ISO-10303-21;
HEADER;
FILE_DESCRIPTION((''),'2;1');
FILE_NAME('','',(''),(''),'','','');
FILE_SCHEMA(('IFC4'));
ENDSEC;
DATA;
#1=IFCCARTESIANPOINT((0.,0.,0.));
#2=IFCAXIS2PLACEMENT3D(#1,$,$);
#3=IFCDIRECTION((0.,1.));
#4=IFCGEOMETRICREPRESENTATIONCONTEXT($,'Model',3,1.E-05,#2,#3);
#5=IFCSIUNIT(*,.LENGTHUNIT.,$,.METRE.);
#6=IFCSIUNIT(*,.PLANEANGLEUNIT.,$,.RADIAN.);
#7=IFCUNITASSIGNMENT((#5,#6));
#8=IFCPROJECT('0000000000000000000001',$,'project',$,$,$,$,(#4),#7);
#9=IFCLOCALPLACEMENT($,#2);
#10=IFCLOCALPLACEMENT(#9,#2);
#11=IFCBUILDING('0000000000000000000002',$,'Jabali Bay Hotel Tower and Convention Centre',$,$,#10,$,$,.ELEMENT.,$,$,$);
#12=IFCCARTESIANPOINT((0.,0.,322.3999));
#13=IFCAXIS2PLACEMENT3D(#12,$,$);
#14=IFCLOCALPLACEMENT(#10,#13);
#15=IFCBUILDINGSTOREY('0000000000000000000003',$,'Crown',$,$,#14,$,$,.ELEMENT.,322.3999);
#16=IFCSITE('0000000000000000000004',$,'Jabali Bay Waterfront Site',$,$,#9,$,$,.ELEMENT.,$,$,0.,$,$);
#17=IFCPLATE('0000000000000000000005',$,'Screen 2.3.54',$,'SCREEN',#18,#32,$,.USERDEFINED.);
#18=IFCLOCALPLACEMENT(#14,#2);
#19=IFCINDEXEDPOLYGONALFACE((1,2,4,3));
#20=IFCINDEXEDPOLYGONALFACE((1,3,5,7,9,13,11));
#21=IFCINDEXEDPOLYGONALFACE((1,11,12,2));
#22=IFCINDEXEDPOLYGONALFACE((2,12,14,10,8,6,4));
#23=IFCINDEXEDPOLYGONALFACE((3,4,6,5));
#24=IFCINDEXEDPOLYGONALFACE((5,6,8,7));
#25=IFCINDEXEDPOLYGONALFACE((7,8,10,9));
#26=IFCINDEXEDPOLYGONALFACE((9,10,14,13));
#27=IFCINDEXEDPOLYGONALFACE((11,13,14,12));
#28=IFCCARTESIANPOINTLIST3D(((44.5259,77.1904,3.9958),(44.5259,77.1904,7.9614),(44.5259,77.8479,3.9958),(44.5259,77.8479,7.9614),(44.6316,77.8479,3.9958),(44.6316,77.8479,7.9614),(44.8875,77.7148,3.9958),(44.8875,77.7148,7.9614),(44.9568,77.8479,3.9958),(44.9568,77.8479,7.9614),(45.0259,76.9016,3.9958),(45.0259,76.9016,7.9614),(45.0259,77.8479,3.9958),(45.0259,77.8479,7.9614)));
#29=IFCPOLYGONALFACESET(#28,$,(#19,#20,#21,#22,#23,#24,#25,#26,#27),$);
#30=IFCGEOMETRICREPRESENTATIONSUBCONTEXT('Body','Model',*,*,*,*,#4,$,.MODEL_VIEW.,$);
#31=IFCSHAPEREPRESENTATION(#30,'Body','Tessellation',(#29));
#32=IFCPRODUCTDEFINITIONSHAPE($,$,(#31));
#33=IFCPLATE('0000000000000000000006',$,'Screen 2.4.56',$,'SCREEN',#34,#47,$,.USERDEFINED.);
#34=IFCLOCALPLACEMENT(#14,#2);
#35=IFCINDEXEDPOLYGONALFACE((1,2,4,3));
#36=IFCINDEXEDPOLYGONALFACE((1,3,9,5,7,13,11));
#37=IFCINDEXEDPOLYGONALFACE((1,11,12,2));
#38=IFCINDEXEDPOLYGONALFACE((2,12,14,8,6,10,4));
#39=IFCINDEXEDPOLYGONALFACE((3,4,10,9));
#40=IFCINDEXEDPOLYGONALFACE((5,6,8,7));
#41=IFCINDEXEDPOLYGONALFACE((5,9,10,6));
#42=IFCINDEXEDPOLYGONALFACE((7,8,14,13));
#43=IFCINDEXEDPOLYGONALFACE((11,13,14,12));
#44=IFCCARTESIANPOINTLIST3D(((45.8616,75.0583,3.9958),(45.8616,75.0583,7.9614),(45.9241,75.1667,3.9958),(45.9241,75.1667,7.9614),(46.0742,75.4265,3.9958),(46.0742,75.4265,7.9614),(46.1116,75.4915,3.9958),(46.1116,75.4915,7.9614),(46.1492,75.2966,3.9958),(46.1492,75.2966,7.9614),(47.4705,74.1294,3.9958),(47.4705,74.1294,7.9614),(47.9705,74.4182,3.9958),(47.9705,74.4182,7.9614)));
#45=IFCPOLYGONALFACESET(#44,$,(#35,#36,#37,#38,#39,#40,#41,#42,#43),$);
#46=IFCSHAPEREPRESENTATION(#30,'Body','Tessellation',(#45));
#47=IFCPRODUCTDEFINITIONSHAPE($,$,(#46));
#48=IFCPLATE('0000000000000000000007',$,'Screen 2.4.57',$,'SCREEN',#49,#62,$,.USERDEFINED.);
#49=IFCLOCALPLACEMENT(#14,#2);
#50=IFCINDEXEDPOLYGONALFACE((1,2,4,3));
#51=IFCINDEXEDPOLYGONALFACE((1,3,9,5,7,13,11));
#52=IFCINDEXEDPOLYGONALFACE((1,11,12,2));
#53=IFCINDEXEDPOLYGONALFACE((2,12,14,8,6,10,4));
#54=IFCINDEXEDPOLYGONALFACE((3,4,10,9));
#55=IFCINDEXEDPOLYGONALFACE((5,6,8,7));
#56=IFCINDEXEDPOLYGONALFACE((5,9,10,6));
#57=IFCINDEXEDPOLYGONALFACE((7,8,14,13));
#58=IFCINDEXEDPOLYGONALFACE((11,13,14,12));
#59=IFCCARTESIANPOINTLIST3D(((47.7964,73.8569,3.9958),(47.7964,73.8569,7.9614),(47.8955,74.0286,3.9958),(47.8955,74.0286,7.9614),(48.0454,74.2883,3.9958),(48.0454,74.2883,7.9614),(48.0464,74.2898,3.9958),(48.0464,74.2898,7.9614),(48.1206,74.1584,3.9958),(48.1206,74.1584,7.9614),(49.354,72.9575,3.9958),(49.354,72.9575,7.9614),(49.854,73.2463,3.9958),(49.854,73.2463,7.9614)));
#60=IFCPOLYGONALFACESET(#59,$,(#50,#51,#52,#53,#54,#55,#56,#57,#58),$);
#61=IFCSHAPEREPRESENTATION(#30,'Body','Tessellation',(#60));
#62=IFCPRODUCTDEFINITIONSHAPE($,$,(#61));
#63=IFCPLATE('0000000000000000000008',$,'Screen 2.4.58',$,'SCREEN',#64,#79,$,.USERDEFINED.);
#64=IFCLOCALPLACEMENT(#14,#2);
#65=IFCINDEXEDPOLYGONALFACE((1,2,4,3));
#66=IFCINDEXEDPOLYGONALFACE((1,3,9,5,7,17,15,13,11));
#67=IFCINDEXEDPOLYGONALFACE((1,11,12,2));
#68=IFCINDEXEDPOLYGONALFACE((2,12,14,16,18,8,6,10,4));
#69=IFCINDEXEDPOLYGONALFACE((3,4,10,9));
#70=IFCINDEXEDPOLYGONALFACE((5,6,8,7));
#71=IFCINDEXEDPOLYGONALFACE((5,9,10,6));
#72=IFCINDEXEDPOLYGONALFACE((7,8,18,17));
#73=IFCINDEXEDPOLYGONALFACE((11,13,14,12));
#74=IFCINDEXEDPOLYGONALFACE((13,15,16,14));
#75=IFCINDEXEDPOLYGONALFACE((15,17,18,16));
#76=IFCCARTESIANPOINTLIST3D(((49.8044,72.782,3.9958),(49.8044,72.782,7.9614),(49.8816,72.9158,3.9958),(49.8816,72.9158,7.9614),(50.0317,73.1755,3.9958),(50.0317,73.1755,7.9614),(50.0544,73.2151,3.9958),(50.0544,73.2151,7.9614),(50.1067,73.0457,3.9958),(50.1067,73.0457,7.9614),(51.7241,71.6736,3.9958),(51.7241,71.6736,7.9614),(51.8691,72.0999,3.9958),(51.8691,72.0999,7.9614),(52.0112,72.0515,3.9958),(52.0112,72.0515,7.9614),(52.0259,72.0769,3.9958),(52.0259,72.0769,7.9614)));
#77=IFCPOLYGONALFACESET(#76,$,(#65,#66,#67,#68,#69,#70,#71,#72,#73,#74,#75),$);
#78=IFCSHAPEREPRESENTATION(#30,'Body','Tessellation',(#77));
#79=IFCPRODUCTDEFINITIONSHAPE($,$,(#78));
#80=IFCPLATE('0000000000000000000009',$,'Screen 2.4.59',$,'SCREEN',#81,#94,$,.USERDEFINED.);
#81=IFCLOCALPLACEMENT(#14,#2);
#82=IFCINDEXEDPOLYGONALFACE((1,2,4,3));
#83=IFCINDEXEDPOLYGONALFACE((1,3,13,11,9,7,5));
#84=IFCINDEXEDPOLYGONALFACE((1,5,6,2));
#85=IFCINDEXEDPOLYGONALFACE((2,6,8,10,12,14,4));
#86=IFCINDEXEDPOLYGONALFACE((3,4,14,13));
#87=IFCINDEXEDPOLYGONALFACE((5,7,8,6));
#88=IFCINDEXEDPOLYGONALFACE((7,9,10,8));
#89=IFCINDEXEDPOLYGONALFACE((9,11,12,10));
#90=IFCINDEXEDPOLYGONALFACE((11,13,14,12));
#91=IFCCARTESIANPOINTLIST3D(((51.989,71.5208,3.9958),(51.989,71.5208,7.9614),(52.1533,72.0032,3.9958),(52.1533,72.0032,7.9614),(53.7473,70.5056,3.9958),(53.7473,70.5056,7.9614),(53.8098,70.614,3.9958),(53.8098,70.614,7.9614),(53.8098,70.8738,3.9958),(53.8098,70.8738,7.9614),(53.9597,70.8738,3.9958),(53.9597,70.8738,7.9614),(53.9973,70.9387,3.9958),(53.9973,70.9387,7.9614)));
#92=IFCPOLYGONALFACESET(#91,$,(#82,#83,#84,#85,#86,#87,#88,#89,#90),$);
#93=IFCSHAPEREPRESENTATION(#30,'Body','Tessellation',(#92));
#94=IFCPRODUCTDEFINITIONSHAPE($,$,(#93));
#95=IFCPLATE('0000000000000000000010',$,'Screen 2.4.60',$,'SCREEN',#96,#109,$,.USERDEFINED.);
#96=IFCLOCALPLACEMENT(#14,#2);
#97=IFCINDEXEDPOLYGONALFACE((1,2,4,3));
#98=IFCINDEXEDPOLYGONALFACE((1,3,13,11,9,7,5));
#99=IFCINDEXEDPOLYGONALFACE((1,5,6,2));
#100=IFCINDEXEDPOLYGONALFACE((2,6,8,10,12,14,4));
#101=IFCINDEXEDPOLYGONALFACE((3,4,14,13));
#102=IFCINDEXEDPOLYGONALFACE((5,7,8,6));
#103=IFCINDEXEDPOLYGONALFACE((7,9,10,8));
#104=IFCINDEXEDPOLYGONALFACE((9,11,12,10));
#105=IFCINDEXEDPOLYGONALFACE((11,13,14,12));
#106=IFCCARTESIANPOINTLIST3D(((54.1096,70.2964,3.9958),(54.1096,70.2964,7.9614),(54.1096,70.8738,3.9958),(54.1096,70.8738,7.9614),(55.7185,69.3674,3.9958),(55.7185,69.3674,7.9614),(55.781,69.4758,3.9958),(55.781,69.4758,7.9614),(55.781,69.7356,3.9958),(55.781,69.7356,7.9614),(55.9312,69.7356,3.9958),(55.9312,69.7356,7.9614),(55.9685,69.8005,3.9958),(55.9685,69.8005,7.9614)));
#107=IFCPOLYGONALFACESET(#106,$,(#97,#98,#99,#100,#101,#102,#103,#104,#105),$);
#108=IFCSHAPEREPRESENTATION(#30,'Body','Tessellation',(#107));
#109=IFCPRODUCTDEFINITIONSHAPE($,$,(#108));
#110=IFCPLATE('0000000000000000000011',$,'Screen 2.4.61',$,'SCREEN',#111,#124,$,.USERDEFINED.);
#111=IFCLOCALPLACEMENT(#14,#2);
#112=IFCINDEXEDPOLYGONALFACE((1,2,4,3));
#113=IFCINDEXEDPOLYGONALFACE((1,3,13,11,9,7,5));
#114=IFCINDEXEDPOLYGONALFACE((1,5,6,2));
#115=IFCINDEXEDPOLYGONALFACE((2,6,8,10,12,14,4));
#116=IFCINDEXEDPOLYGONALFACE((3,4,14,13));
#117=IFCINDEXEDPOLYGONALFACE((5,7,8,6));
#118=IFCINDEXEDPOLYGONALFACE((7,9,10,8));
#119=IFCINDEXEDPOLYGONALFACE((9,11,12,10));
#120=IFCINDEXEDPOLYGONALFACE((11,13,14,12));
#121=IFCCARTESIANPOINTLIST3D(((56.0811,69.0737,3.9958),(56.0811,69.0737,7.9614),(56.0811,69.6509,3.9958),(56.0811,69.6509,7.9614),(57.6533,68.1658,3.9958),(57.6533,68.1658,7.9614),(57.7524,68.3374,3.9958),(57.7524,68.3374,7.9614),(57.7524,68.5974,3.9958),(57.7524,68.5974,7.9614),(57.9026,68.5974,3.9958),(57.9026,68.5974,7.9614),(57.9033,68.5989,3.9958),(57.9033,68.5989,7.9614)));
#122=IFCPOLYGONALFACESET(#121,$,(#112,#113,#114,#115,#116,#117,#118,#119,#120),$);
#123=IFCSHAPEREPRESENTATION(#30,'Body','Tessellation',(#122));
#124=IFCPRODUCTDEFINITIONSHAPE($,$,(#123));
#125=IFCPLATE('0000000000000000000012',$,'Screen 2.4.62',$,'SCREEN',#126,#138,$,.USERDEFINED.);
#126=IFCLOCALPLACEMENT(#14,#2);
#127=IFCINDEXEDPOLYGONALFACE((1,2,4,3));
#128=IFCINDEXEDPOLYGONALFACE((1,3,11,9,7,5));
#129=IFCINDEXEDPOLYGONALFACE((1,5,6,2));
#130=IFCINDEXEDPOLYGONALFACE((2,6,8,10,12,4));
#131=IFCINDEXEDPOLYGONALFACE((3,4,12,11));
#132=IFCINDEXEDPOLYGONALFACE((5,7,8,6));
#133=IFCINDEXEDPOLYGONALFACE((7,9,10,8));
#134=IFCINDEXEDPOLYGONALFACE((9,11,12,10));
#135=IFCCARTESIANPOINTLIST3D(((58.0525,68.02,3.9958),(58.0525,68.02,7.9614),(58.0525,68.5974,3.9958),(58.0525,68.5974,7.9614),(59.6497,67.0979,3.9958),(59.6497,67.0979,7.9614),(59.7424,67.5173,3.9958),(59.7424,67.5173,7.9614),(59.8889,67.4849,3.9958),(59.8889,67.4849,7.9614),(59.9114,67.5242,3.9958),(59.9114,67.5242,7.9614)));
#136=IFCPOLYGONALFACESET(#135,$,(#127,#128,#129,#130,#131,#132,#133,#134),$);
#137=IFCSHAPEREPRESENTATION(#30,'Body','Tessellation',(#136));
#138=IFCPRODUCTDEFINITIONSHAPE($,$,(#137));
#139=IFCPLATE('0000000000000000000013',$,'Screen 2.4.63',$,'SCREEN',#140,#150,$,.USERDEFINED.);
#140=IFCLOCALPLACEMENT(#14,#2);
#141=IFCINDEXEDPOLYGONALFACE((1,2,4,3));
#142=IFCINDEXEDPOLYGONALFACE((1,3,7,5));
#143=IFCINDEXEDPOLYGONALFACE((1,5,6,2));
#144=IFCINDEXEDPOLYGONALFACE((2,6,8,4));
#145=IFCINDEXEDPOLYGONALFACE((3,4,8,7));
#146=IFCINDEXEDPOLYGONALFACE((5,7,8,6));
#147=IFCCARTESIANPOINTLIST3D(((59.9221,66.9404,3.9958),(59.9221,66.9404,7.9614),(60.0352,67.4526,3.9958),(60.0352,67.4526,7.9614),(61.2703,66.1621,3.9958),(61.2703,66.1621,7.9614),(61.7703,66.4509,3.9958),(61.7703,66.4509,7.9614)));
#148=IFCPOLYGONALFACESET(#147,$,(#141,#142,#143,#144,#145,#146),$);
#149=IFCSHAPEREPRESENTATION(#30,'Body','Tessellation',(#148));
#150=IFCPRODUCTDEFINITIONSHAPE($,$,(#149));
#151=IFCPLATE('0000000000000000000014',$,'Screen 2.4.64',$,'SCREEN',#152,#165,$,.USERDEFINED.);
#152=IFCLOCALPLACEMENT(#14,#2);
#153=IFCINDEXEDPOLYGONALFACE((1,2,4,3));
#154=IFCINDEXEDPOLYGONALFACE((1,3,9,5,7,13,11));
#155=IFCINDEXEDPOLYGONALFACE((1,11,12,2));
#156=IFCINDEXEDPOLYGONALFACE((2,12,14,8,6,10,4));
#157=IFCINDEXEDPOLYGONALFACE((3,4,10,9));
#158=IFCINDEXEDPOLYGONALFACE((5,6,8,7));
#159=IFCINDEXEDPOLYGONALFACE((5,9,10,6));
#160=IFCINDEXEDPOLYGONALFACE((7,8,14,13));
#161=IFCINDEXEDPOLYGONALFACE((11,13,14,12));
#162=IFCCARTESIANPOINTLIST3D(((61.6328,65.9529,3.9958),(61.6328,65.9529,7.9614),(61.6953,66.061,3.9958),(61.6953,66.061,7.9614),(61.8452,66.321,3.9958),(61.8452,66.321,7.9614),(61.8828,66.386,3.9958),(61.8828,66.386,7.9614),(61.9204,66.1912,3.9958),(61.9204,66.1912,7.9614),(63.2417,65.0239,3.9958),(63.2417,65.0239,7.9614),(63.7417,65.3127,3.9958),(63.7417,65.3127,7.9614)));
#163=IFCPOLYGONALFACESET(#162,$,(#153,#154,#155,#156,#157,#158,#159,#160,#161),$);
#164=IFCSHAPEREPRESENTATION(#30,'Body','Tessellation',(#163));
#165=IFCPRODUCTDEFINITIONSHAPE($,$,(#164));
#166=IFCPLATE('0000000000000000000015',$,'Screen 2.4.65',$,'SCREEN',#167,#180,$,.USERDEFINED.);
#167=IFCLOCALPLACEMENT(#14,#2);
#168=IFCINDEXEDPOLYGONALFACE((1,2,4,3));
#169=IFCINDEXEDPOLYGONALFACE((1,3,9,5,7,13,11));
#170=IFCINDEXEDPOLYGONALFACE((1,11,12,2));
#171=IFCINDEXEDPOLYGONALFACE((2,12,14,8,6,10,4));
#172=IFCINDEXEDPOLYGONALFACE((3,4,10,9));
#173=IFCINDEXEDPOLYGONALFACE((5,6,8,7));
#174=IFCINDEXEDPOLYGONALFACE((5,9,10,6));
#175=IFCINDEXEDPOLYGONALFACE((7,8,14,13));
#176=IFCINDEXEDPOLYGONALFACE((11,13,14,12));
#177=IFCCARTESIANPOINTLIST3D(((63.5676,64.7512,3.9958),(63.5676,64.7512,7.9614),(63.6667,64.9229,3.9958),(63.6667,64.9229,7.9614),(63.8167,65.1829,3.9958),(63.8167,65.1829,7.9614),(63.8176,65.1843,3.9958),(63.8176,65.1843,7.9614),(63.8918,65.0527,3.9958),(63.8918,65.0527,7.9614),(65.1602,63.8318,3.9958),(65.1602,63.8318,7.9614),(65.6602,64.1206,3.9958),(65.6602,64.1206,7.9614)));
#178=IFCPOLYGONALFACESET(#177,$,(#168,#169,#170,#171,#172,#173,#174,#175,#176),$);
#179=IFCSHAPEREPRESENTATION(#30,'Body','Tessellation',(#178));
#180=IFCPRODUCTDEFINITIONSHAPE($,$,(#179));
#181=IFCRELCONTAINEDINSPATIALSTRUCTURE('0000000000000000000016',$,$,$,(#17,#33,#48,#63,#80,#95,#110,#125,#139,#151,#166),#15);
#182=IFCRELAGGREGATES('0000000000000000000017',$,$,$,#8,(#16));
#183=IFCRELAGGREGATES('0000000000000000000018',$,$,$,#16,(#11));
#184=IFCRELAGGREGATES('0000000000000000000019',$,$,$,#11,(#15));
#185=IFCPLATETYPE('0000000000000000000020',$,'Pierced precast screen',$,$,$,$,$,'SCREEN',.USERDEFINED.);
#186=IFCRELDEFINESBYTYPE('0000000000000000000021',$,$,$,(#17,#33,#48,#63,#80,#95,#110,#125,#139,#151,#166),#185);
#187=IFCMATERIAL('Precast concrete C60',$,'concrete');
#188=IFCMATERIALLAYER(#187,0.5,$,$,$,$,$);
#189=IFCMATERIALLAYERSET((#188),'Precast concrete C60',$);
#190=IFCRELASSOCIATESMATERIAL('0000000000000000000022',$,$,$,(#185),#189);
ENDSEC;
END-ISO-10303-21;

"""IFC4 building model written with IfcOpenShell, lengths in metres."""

from ifc_helpers import new_model, si_unit, direction, frame, origin, place, context, subcontext, project, spatial, polyline, outline, extrude, material, layer, layer_set, type_object, element, save


model = new_model("IFC4")

# Units and contexts
model_context = context("Model", 3, precision=1e-05, world=origin(), true_north=direction((0.0, 1.0)))
body_context = subcontext(model_context, "Body", "Model", "MODEL_VIEW")
ifc_project = project(units=[si_unit("LENGTHUNIT", "METRE"), si_unit("PLANEANGLEUNIT", "RADIAN")], contexts=[model_context])

# Site, building, storey
site_placement = place(None, origin())
site = spatial("IfcSite", under=ifc_project, at=site_placement, Name="Jabali Bay Waterfront Site", CompositionType="ELEMENT", RefElevation=0.0)
building_placement = place(site_placement, origin())
building = spatial("IfcBuilding", under=site, at=building_placement, Name="Jabali Bay Hotel Tower and Convention Centre", CompositionType="ELEMENT")
storey_placement = place(building_placement, frame((0.0, 0.0, 322.3999)))
storey = spatial("IfcBuildingStorey", under=building, at=storey_placement, Name="Crown", CompositionType="ELEMENT", Elevation=322.3999)

# Plates
ifc_material = material(Name="Precast concrete C60", Category="concrete")
ifc_layer = layer(ifc_material, 0.5)
ifc_layer_set = layer_set([ifc_layer], Name="Precast concrete C60")
plate_type = type_object("IfcPlateType", Name="Pierced precast screen", ElementType="SCREEN", PredefinedType="USERDEFINED", material=ifc_layer_set)
plate_1_placement = place(storey_placement, frame((0.0, 0.0, 3.9958)))
element("IfcPlate", 1, at=plate_1_placement, inside=storey, type_object=plate_type, Name="Screen 2.3.54", ObjectType="SCREEN", PredefinedType="USERDEFINED", context=body_context, shape_type="SweptSolid", body=[
    extrude(outline(polyline([(45.0259, 76.9016), (45.0259, 77.8479), (44.9568, 77.8479), (44.8875, 77.7148), (44.6316, 77.8479), (44.5259, 77.8479), (44.5259, 77.1904), (45.0259, 76.9016)])), origin(), (0.0, 0.0, 1.0), 3.9656),
])
plate_2_placement = place(storey_placement, frame((0.0, 0.0, 3.9958)))
element("IfcPlate", 2, at=plate_2_placement, inside=storey, type_object=plate_type, Name="Screen 2.4.56", ObjectType="SCREEN", PredefinedType="USERDEFINED", context=body_context, shape_type="SweptSolid", body=[
    extrude(outline(polyline([(47.9705, 74.4182), (46.1116, 75.4915), (46.0742, 75.4265), (46.1492, 75.2966), (45.9241, 75.1667), (45.8616, 75.0583), (47.4705, 74.1294), (47.9705, 74.4182)])), origin(), (0.0, 0.0, 1.0), 3.9656),
])
plate_3_placement = place(storey_placement, frame((0.0, 0.0, 3.9958)))
element("IfcPlate", 3, at=plate_3_placement, inside=storey, type_object=plate_type, Name="Screen 2.4.57", ObjectType="SCREEN", PredefinedType="USERDEFINED", context=body_context, shape_type="SweptSolid", body=[
    extrude(outline(polyline([(49.854, 73.2463), (48.0464, 74.2898), (48.0454, 74.2883), (48.1206, 74.1584), (47.8955, 74.0286), (47.7964, 73.8569), (49.354, 72.9575), (49.854, 73.2463)])), origin(), (0.0, 0.0, 1.0), 3.9656),
])
plate_4_placement = place(storey_placement, frame((0.0, 0.0, 3.9958)))
element("IfcPlate", 4, at=plate_4_placement, inside=storey, type_object=plate_type, Name="Screen 2.4.58", ObjectType="SCREEN", PredefinedType="USERDEFINED", context=body_context, shape_type="SweptSolid", body=[
    extrude(outline(polyline([(52.0259, 72.0769), (50.0544, 73.2151), (50.0317, 73.1755), (50.1067, 73.0457), (49.8816, 72.9158), (49.8044, 72.782), (51.7241, 71.6736), (51.8691, 72.0999), (52.0112, 72.0515), (52.0259, 72.0769)])), origin(), (0.0, 0.0, 1.0), 3.9656),
])
plate_5_placement = place(storey_placement, frame((0.0, 0.0, 3.9958)))
element("IfcPlate", 5, at=plate_5_placement, inside=storey, type_object=plate_type, Name="Screen 2.4.59", ObjectType="SCREEN", PredefinedType="USERDEFINED", context=body_context, shape_type="SweptSolid", body=[
    extrude(outline(polyline([(53.9973, 70.9387), (52.1533, 72.0032), (51.989, 71.5208), (53.7473, 70.5056), (53.8098, 70.614), (53.8098, 70.8738), (53.9597, 70.8738), (53.9973, 70.9387)])), origin(), (0.0, 0.0, 1.0), 3.9656),
])
plate_6_placement = place(storey_placement, frame((0.0, 0.0, 3.9958)))
element("IfcPlate", 6, at=plate_6_placement, inside=storey, type_object=plate_type, Name="Screen 2.4.60", ObjectType="SCREEN", PredefinedType="USERDEFINED", context=body_context, shape_type="SweptSolid", body=[
    extrude(outline(polyline([(55.9685, 69.8005), (54.1096, 70.8738), (54.1096, 70.2964), (55.7185, 69.3674), (55.781, 69.4758), (55.781, 69.7356), (55.9312, 69.7356), (55.9685, 69.8005)])), origin(), (0.0, 0.0, 1.0), 3.9656),
])
plate_7_placement = place(storey_placement, frame((0.0, 0.0, 3.9958)))
element("IfcPlate", 7, at=plate_7_placement, inside=storey, type_object=plate_type, Name="Screen 2.4.61", ObjectType="SCREEN", PredefinedType="USERDEFINED", context=body_context, shape_type="SweptSolid", body=[
    extrude(outline(polyline([(57.9033, 68.5989), (56.0811, 69.6509), (56.0811, 69.0737), (57.6533, 68.1658), (57.7524, 68.3374), (57.7524, 68.5974), (57.9026, 68.5974), (57.9033, 68.5989)])), origin(), (0.0, 0.0, 1.0), 3.9656),
])
plate_8_placement = place(storey_placement, frame((0.0, 0.0, 3.9958)))
element("IfcPlate", 8, at=plate_8_placement, inside=storey, type_object=plate_type, Name="Screen 2.4.62", ObjectType="SCREEN", PredefinedType="USERDEFINED", context=body_context, shape_type="SweptSolid", body=[
    extrude(outline(polyline([(59.9114, 67.5242), (58.0525, 68.5974), (58.0525, 68.02), (59.6497, 67.0979), (59.7424, 67.5173), (59.8889, 67.4849), (59.9114, 67.5242)])), origin(), (0.0, 0.0, 1.0), 3.9656),
])
plate_9_placement = place(storey_placement, frame((0.0, 0.0, 3.9958)))
element("IfcPlate", 9, at=plate_9_placement, inside=storey, type_object=plate_type, Name="Screen 2.4.63", ObjectType="SCREEN", PredefinedType="USERDEFINED", context=body_context, shape_type="SweptSolid", body=[
    extrude(outline(polyline([(61.7703, 66.4509), (60.0352, 67.4526), (59.9221, 66.9404), (61.2703, 66.1621), (61.7703, 66.4509)])), origin(), (0.0, 0.0, 1.0), 3.9656),
])
plate_10_placement = place(storey_placement, frame((0.0, 0.0, 3.9958)))
element("IfcPlate", 10, at=plate_10_placement, inside=storey, type_object=plate_type, Name="Screen 2.4.64", ObjectType="SCREEN", PredefinedType="USERDEFINED", context=body_context, shape_type="SweptSolid", body=[
    extrude(outline(polyline([(63.7417, 65.3127), (61.8828, 66.386), (61.8452, 66.321), (61.9204, 66.1912), (61.6953, 66.061), (61.6328, 65.9529), (63.2417, 65.0239), (63.7417, 65.3127)])), origin(), (0.0, 0.0, 1.0), 3.9656),
])
plate_11_placement = place(storey_placement, frame((0.0, 0.0, 3.9958)))
element("IfcPlate", 11, at=plate_11_placement, inside=storey, type_object=plate_type, Name="Screen 2.4.65", ObjectType="SCREEN", PredefinedType="USERDEFINED", context=body_context, shape_type="SweptSolid", body=[
    extrude(outline(polyline([(65.6602, 64.1206), (63.8176, 65.1843), (63.8167, 65.1829), (63.8918, 65.0527), (63.6667, 64.9229), (63.5676, 64.7512), (65.1602, 63.8318), (65.6602, 64.1206)])), origin(), (0.0, 0.0, 1.0), 3.9656),
])

save(model, "model.ifc")
